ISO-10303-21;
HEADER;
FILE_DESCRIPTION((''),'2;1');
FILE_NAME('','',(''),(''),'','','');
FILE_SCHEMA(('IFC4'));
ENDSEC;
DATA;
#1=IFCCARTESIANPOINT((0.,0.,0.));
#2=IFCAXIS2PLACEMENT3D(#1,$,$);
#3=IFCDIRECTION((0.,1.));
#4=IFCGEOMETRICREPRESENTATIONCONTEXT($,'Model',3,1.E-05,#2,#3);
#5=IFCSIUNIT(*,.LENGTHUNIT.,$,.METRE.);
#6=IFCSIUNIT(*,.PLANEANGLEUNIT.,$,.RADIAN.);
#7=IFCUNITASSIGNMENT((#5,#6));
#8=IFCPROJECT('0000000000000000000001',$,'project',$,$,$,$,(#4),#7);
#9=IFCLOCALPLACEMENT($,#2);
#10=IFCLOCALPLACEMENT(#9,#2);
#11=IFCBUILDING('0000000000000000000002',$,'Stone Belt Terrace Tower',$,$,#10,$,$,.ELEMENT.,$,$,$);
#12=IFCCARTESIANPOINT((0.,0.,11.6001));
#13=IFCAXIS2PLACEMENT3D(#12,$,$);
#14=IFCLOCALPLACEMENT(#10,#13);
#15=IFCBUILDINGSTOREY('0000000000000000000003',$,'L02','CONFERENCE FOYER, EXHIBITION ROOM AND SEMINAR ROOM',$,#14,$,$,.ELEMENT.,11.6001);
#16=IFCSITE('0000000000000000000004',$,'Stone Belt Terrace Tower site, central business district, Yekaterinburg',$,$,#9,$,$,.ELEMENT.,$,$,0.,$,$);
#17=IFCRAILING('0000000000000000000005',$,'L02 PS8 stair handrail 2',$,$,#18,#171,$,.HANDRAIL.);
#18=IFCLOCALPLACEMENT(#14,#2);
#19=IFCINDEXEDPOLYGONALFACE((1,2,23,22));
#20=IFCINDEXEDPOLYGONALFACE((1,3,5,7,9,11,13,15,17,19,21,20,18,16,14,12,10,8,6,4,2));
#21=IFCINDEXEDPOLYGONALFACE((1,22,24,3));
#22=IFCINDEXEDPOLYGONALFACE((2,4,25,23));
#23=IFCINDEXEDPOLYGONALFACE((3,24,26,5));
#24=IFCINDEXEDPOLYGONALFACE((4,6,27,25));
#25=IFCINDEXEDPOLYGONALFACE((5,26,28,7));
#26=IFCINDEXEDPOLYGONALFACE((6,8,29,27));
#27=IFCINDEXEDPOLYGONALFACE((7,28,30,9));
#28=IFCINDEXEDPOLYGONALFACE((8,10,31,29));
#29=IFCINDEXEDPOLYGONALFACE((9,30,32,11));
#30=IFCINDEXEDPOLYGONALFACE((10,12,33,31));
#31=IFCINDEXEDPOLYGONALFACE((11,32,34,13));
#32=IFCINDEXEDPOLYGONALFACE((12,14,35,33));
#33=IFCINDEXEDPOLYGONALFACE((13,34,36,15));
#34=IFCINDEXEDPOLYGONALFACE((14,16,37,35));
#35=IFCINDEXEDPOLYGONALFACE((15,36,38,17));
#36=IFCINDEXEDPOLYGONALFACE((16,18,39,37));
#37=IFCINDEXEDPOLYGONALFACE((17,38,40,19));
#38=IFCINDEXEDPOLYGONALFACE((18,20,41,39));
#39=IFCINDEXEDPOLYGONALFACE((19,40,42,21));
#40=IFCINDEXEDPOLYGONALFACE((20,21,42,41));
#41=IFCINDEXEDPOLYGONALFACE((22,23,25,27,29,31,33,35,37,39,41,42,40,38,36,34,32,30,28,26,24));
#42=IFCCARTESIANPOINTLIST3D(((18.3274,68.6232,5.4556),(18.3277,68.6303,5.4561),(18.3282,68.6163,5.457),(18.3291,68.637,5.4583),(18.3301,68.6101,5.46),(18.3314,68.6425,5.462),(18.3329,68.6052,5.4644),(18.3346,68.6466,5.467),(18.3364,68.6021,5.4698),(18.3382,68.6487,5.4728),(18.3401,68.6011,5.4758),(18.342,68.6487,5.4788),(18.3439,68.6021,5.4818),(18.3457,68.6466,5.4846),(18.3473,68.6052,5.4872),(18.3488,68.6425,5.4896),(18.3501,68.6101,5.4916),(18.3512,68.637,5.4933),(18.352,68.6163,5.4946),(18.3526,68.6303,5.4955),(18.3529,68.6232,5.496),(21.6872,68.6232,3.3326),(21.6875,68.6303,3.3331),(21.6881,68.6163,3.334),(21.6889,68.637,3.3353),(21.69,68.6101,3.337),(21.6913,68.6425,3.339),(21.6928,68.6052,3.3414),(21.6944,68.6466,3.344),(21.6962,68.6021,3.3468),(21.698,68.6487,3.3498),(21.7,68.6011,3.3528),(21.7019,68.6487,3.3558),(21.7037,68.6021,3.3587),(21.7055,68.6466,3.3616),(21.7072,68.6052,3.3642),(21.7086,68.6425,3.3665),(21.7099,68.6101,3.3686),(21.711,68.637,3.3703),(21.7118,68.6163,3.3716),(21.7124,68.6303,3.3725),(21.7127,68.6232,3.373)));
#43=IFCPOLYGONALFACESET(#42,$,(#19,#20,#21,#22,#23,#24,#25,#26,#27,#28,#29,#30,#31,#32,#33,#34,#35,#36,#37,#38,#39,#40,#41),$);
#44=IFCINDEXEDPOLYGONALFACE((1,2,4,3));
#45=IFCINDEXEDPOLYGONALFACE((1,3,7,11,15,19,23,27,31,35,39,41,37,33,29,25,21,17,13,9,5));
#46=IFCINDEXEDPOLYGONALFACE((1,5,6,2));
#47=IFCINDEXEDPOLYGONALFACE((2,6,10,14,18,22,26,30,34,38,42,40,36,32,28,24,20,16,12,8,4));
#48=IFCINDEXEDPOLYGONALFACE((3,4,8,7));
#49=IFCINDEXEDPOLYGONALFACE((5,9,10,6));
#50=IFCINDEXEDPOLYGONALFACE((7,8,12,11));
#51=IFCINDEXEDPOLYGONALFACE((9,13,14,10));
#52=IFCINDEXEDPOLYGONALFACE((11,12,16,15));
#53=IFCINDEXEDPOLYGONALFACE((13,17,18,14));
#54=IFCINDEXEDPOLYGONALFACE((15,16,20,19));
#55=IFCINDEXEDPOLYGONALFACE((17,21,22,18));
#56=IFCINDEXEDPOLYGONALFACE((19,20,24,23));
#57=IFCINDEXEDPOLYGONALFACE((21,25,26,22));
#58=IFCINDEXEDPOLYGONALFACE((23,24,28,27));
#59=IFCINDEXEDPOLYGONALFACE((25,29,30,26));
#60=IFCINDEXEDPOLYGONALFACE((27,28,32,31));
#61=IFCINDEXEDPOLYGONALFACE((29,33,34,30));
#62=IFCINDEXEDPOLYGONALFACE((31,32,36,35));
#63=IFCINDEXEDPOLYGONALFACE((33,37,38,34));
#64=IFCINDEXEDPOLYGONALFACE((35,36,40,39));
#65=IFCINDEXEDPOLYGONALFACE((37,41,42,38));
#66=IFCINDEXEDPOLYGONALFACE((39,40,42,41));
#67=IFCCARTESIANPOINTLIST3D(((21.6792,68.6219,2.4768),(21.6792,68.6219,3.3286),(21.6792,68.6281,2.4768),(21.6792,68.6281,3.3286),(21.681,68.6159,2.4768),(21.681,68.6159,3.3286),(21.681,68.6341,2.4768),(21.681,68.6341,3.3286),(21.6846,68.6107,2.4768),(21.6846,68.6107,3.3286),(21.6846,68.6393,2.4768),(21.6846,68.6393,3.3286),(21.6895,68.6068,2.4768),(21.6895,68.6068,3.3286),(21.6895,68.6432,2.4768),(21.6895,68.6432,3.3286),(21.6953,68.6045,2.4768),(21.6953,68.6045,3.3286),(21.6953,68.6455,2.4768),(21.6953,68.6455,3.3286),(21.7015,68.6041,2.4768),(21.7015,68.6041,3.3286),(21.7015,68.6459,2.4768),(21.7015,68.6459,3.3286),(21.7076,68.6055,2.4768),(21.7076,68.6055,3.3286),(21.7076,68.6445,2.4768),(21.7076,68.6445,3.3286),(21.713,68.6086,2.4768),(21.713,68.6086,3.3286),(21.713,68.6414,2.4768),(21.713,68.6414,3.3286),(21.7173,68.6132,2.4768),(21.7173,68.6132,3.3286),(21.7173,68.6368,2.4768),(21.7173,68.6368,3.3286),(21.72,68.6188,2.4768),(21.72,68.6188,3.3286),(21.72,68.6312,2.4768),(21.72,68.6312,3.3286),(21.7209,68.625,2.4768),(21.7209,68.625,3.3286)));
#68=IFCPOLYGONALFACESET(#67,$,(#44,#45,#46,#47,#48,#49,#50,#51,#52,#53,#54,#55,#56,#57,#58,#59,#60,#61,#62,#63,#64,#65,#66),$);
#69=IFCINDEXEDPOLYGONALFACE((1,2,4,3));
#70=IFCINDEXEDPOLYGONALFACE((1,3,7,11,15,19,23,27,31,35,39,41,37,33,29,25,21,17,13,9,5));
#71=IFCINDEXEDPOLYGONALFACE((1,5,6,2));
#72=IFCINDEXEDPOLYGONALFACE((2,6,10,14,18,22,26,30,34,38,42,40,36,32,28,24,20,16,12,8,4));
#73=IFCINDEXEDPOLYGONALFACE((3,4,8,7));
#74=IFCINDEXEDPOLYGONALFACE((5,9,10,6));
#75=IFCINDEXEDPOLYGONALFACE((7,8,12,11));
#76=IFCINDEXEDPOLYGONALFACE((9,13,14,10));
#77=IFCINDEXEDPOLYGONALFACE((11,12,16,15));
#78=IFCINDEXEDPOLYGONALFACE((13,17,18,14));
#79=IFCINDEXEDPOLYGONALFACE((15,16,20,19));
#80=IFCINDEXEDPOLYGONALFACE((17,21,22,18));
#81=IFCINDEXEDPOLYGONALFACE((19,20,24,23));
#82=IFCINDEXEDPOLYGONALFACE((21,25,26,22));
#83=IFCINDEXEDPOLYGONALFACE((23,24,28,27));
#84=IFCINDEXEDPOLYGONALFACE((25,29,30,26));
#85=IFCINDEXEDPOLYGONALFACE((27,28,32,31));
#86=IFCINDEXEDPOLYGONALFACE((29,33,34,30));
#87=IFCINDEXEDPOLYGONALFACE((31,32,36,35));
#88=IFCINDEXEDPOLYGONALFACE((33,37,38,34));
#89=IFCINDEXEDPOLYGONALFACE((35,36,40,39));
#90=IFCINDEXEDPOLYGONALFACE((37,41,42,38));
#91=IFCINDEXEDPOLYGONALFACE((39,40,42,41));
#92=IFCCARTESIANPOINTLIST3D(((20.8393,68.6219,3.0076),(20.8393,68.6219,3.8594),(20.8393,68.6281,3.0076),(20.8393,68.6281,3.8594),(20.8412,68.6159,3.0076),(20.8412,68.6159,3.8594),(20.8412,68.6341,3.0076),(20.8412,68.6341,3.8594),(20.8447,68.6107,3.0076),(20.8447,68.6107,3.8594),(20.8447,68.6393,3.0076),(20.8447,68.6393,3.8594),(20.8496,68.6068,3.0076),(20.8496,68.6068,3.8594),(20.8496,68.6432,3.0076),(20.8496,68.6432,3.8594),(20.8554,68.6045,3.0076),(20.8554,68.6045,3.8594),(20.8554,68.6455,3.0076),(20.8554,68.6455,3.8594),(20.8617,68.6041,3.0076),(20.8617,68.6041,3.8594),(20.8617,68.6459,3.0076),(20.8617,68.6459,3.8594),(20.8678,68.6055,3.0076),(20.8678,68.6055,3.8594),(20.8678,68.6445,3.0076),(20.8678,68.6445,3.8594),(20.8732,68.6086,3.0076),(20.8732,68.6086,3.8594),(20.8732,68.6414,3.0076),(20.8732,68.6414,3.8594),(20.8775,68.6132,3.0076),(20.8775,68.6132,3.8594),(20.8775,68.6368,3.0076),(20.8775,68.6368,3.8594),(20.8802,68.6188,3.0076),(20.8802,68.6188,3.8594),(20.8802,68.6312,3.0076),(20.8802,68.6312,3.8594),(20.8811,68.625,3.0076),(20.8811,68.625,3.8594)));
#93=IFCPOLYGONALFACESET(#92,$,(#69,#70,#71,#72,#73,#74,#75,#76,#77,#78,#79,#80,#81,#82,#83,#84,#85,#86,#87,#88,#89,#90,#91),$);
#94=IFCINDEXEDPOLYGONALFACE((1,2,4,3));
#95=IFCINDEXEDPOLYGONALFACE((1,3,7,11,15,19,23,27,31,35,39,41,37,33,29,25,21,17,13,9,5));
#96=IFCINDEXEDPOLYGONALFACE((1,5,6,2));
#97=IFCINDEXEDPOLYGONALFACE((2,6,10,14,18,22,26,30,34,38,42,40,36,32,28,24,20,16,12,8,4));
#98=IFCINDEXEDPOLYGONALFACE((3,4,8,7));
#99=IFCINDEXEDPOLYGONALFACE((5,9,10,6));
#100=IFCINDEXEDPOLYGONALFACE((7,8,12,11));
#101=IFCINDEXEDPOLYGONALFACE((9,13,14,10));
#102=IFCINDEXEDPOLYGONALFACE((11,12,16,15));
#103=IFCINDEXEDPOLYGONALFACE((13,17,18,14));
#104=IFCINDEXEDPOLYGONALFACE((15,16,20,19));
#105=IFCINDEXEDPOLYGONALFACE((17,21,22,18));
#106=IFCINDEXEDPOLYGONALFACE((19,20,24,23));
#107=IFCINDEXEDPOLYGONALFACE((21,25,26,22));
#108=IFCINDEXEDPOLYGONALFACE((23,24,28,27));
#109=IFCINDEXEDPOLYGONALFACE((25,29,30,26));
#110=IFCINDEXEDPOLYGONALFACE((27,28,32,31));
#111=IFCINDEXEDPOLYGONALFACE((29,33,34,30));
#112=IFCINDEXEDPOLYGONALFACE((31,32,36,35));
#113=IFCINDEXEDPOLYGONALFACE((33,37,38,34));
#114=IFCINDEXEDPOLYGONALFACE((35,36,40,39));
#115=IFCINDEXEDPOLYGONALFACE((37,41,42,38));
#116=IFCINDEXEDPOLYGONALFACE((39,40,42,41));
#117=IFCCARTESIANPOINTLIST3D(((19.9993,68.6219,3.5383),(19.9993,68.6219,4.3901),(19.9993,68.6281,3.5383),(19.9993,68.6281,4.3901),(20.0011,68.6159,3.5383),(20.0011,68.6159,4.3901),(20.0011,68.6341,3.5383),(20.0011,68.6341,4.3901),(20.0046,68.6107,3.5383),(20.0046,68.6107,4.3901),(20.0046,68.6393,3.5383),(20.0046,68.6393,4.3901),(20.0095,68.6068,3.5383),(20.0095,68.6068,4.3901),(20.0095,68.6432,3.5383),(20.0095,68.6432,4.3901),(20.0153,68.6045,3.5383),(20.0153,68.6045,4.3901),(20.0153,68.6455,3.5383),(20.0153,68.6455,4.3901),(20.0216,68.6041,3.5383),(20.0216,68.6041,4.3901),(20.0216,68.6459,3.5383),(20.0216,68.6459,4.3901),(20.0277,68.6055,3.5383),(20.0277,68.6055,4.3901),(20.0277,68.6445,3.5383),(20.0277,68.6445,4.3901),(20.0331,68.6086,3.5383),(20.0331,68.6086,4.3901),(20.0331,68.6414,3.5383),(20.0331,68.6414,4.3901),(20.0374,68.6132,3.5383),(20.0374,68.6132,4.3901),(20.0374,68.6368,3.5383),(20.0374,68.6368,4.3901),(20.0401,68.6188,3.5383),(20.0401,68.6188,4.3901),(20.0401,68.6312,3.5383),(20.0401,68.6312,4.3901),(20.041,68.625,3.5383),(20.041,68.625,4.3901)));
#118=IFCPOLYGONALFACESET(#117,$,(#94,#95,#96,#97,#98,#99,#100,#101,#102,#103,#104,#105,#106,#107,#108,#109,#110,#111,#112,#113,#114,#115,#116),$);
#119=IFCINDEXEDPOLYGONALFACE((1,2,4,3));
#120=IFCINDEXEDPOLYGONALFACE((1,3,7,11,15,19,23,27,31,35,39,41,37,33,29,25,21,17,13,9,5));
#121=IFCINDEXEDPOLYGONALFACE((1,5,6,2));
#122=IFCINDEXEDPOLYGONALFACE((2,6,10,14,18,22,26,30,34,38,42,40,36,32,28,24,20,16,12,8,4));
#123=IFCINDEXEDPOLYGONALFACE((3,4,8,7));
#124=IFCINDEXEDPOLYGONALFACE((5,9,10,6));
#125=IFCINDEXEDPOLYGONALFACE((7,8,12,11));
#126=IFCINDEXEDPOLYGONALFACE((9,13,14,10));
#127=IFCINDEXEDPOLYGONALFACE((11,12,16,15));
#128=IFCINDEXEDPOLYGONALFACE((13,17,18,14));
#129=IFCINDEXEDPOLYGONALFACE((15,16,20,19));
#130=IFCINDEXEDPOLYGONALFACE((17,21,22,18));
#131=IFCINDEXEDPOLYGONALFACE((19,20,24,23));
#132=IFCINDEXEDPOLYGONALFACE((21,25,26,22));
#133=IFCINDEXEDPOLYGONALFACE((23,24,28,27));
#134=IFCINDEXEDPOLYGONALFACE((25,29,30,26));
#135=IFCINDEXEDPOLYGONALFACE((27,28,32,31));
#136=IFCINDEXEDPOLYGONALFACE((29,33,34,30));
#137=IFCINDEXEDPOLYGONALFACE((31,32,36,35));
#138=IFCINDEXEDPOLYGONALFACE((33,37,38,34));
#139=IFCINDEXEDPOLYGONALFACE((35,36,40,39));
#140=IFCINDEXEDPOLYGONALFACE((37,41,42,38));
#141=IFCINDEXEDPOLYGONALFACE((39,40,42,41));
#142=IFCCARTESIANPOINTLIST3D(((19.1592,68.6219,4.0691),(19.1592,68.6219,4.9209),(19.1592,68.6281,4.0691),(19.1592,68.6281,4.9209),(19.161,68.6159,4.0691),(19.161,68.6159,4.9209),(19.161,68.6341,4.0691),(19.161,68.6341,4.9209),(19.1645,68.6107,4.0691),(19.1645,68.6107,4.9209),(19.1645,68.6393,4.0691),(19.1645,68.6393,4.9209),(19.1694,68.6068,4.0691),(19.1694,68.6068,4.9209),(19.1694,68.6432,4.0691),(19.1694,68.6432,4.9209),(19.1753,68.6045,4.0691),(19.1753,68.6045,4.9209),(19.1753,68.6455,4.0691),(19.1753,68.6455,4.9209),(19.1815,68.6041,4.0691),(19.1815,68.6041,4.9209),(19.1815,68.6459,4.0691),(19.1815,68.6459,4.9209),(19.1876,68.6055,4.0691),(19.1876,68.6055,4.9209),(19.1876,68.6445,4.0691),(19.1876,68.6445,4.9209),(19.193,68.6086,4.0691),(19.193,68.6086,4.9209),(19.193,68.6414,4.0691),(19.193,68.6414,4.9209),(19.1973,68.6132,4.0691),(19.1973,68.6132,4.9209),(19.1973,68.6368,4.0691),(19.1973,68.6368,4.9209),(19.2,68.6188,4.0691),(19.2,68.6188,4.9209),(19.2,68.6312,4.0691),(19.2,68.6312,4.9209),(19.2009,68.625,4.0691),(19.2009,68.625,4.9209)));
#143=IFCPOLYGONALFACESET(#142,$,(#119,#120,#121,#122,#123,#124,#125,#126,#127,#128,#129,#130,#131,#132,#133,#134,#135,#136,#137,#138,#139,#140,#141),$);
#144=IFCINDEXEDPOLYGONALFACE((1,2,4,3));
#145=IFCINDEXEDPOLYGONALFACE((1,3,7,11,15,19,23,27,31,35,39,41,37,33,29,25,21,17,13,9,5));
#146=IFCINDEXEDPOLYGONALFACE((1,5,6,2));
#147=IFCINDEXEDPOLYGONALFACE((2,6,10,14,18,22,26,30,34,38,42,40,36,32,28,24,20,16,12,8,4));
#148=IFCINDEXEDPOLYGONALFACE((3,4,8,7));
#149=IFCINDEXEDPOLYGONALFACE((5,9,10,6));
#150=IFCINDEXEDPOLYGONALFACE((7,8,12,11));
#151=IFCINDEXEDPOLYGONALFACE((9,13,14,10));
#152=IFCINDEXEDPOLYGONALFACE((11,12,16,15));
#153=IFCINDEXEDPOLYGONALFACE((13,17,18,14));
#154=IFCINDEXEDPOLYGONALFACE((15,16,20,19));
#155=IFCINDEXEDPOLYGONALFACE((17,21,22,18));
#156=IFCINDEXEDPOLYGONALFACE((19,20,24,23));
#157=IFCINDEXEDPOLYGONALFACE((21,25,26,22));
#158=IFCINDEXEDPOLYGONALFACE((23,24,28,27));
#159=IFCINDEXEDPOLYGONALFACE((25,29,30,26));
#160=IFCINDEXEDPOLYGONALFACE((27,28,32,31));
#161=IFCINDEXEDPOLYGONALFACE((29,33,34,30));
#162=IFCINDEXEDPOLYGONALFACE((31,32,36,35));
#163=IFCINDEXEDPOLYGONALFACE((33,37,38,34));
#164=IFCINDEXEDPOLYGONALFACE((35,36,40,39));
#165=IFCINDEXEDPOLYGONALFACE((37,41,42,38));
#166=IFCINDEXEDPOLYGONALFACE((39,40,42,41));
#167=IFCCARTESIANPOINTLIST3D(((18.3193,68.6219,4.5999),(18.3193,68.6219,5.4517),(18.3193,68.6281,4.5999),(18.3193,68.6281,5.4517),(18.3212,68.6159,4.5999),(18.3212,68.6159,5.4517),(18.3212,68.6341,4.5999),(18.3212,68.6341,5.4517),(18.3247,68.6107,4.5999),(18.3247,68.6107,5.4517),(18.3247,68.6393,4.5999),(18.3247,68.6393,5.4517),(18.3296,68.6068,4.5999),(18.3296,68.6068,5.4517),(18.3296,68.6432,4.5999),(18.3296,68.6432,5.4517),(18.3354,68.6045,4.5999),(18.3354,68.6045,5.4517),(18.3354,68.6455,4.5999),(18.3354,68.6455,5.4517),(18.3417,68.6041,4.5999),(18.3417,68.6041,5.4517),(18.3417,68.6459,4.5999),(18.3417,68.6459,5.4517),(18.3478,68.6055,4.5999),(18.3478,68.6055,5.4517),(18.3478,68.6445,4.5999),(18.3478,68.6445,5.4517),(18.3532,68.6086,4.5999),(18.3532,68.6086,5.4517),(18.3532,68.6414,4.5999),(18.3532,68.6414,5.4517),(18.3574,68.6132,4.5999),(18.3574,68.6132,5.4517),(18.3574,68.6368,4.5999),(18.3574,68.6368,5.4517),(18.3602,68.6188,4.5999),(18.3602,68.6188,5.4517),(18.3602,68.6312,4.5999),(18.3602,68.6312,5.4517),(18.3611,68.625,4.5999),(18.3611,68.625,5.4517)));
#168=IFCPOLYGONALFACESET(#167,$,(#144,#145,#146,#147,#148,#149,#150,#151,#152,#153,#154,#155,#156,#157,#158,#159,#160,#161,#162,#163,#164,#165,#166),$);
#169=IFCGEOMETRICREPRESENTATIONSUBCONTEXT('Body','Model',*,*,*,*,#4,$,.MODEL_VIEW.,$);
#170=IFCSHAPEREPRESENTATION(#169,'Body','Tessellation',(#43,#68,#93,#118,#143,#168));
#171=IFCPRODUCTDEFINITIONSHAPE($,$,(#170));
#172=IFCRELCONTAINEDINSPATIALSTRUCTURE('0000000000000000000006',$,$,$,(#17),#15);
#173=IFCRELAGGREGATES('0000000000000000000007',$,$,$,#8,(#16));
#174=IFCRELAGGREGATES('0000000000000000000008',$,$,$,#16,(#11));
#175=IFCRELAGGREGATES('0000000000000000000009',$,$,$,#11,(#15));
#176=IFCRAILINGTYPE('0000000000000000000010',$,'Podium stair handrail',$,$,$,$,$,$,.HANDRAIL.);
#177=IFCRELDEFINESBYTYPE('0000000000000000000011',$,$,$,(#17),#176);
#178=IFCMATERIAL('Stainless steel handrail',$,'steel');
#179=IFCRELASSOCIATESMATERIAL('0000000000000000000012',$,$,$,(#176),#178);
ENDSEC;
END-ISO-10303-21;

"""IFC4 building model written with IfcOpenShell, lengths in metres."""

from ifc_helpers import new_model, si_unit, direction, frame, origin, origin_2d, place, context, subcontext, project, spatial, circle, extrude, material, type_object, element, save


model = new_model("IFC4")

# Units and contexts
model_context = context("Model", 3, precision=1e-05, world=origin(), true_north=direction((0.0, 1.0)))
body_context = subcontext(model_context, "Body", "Model", "MODEL_VIEW")
ifc_project = project(units=[si_unit("LENGTHUNIT", "METRE"), si_unit("PLANEANGLEUNIT", "RADIAN")], contexts=[model_context])

# Site, building, storey
site_placement = place(None, origin())
site = spatial("IfcSite", under=ifc_project, at=site_placement, Name="Stone Belt Terrace Tower site, central business district, Yekaterinburg", CompositionType="ELEMENT", RefElevation=0.0)
building_placement = place(site_placement, origin())
building = spatial("IfcBuilding", under=site, at=building_placement, Name="Stone Belt Terrace Tower", CompositionType="ELEMENT")
storey_placement = place(building_placement, frame((0.0, 0.0, 11.6001)))
storey = spatial("IfcBuildingStorey", under=building, at=storey_placement, Name="L02", Description="CONFERENCE FOYER, EXHIBITION ROOM AND SEMINAR ROOM", CompositionType="ELEMENT", Elevation=11.6001)

# Railing
ifc_material_1 = material(Name="Stainless steel handrail", Category="steel")
railing_type_1 = type_object("IfcRailingType", Name="Podium stair handrail", PredefinedType="HANDRAIL", material=ifc_material_1)
railing_1_placement = place(storey_placement, frame((21.7, 68.625, 2.4768)))
element("IfcRailing", 1, at=railing_1_placement, inside=storey, type_object=railing_type_1, Name="L02 PS8 stair handrail 2", PredefinedType="HANDRAIL", context=body_context, shape_type="SweptSolid", body=[
    extrude(circle(Radius=0.0239, at=origin_2d()), frame((0.0, 0.0, 0.876), z_axis=(-0.845372, 0.0, 0.534178), x_axis=(0.0, -1.0, 0.0)), (0.0, 0.0, 1.0), 3.9744),
    extrude(circle(Radius=0.021, at=origin_2d()), origin(), (0.0, 0.0, 1.0), 0.8518),
    extrude(circle(Radius=0.021, at=origin_2d()), frame((-0.8398, 0.0, 0.5308)), (0.0, 0.0, 1.0), 0.8518),
    extrude(circle(Radius=0.021, at=origin_2d()), frame((-1.6799, 0.0, 1.0615)), (0.0, 0.0, 1.0), 0.8518),
    extrude(circle(Radius=0.021, at=origin_2d()), frame((-2.52, 0.0, 1.5923)), (0.0, 0.0, 1.0), 0.8518),
    extrude(circle(Radius=0.021, at=origin_2d()), frame((-3.3599, 0.0, 2.123)), (0.0, 0.0, 1.0), 0.8518),
])

save(model, "model.ifc")
